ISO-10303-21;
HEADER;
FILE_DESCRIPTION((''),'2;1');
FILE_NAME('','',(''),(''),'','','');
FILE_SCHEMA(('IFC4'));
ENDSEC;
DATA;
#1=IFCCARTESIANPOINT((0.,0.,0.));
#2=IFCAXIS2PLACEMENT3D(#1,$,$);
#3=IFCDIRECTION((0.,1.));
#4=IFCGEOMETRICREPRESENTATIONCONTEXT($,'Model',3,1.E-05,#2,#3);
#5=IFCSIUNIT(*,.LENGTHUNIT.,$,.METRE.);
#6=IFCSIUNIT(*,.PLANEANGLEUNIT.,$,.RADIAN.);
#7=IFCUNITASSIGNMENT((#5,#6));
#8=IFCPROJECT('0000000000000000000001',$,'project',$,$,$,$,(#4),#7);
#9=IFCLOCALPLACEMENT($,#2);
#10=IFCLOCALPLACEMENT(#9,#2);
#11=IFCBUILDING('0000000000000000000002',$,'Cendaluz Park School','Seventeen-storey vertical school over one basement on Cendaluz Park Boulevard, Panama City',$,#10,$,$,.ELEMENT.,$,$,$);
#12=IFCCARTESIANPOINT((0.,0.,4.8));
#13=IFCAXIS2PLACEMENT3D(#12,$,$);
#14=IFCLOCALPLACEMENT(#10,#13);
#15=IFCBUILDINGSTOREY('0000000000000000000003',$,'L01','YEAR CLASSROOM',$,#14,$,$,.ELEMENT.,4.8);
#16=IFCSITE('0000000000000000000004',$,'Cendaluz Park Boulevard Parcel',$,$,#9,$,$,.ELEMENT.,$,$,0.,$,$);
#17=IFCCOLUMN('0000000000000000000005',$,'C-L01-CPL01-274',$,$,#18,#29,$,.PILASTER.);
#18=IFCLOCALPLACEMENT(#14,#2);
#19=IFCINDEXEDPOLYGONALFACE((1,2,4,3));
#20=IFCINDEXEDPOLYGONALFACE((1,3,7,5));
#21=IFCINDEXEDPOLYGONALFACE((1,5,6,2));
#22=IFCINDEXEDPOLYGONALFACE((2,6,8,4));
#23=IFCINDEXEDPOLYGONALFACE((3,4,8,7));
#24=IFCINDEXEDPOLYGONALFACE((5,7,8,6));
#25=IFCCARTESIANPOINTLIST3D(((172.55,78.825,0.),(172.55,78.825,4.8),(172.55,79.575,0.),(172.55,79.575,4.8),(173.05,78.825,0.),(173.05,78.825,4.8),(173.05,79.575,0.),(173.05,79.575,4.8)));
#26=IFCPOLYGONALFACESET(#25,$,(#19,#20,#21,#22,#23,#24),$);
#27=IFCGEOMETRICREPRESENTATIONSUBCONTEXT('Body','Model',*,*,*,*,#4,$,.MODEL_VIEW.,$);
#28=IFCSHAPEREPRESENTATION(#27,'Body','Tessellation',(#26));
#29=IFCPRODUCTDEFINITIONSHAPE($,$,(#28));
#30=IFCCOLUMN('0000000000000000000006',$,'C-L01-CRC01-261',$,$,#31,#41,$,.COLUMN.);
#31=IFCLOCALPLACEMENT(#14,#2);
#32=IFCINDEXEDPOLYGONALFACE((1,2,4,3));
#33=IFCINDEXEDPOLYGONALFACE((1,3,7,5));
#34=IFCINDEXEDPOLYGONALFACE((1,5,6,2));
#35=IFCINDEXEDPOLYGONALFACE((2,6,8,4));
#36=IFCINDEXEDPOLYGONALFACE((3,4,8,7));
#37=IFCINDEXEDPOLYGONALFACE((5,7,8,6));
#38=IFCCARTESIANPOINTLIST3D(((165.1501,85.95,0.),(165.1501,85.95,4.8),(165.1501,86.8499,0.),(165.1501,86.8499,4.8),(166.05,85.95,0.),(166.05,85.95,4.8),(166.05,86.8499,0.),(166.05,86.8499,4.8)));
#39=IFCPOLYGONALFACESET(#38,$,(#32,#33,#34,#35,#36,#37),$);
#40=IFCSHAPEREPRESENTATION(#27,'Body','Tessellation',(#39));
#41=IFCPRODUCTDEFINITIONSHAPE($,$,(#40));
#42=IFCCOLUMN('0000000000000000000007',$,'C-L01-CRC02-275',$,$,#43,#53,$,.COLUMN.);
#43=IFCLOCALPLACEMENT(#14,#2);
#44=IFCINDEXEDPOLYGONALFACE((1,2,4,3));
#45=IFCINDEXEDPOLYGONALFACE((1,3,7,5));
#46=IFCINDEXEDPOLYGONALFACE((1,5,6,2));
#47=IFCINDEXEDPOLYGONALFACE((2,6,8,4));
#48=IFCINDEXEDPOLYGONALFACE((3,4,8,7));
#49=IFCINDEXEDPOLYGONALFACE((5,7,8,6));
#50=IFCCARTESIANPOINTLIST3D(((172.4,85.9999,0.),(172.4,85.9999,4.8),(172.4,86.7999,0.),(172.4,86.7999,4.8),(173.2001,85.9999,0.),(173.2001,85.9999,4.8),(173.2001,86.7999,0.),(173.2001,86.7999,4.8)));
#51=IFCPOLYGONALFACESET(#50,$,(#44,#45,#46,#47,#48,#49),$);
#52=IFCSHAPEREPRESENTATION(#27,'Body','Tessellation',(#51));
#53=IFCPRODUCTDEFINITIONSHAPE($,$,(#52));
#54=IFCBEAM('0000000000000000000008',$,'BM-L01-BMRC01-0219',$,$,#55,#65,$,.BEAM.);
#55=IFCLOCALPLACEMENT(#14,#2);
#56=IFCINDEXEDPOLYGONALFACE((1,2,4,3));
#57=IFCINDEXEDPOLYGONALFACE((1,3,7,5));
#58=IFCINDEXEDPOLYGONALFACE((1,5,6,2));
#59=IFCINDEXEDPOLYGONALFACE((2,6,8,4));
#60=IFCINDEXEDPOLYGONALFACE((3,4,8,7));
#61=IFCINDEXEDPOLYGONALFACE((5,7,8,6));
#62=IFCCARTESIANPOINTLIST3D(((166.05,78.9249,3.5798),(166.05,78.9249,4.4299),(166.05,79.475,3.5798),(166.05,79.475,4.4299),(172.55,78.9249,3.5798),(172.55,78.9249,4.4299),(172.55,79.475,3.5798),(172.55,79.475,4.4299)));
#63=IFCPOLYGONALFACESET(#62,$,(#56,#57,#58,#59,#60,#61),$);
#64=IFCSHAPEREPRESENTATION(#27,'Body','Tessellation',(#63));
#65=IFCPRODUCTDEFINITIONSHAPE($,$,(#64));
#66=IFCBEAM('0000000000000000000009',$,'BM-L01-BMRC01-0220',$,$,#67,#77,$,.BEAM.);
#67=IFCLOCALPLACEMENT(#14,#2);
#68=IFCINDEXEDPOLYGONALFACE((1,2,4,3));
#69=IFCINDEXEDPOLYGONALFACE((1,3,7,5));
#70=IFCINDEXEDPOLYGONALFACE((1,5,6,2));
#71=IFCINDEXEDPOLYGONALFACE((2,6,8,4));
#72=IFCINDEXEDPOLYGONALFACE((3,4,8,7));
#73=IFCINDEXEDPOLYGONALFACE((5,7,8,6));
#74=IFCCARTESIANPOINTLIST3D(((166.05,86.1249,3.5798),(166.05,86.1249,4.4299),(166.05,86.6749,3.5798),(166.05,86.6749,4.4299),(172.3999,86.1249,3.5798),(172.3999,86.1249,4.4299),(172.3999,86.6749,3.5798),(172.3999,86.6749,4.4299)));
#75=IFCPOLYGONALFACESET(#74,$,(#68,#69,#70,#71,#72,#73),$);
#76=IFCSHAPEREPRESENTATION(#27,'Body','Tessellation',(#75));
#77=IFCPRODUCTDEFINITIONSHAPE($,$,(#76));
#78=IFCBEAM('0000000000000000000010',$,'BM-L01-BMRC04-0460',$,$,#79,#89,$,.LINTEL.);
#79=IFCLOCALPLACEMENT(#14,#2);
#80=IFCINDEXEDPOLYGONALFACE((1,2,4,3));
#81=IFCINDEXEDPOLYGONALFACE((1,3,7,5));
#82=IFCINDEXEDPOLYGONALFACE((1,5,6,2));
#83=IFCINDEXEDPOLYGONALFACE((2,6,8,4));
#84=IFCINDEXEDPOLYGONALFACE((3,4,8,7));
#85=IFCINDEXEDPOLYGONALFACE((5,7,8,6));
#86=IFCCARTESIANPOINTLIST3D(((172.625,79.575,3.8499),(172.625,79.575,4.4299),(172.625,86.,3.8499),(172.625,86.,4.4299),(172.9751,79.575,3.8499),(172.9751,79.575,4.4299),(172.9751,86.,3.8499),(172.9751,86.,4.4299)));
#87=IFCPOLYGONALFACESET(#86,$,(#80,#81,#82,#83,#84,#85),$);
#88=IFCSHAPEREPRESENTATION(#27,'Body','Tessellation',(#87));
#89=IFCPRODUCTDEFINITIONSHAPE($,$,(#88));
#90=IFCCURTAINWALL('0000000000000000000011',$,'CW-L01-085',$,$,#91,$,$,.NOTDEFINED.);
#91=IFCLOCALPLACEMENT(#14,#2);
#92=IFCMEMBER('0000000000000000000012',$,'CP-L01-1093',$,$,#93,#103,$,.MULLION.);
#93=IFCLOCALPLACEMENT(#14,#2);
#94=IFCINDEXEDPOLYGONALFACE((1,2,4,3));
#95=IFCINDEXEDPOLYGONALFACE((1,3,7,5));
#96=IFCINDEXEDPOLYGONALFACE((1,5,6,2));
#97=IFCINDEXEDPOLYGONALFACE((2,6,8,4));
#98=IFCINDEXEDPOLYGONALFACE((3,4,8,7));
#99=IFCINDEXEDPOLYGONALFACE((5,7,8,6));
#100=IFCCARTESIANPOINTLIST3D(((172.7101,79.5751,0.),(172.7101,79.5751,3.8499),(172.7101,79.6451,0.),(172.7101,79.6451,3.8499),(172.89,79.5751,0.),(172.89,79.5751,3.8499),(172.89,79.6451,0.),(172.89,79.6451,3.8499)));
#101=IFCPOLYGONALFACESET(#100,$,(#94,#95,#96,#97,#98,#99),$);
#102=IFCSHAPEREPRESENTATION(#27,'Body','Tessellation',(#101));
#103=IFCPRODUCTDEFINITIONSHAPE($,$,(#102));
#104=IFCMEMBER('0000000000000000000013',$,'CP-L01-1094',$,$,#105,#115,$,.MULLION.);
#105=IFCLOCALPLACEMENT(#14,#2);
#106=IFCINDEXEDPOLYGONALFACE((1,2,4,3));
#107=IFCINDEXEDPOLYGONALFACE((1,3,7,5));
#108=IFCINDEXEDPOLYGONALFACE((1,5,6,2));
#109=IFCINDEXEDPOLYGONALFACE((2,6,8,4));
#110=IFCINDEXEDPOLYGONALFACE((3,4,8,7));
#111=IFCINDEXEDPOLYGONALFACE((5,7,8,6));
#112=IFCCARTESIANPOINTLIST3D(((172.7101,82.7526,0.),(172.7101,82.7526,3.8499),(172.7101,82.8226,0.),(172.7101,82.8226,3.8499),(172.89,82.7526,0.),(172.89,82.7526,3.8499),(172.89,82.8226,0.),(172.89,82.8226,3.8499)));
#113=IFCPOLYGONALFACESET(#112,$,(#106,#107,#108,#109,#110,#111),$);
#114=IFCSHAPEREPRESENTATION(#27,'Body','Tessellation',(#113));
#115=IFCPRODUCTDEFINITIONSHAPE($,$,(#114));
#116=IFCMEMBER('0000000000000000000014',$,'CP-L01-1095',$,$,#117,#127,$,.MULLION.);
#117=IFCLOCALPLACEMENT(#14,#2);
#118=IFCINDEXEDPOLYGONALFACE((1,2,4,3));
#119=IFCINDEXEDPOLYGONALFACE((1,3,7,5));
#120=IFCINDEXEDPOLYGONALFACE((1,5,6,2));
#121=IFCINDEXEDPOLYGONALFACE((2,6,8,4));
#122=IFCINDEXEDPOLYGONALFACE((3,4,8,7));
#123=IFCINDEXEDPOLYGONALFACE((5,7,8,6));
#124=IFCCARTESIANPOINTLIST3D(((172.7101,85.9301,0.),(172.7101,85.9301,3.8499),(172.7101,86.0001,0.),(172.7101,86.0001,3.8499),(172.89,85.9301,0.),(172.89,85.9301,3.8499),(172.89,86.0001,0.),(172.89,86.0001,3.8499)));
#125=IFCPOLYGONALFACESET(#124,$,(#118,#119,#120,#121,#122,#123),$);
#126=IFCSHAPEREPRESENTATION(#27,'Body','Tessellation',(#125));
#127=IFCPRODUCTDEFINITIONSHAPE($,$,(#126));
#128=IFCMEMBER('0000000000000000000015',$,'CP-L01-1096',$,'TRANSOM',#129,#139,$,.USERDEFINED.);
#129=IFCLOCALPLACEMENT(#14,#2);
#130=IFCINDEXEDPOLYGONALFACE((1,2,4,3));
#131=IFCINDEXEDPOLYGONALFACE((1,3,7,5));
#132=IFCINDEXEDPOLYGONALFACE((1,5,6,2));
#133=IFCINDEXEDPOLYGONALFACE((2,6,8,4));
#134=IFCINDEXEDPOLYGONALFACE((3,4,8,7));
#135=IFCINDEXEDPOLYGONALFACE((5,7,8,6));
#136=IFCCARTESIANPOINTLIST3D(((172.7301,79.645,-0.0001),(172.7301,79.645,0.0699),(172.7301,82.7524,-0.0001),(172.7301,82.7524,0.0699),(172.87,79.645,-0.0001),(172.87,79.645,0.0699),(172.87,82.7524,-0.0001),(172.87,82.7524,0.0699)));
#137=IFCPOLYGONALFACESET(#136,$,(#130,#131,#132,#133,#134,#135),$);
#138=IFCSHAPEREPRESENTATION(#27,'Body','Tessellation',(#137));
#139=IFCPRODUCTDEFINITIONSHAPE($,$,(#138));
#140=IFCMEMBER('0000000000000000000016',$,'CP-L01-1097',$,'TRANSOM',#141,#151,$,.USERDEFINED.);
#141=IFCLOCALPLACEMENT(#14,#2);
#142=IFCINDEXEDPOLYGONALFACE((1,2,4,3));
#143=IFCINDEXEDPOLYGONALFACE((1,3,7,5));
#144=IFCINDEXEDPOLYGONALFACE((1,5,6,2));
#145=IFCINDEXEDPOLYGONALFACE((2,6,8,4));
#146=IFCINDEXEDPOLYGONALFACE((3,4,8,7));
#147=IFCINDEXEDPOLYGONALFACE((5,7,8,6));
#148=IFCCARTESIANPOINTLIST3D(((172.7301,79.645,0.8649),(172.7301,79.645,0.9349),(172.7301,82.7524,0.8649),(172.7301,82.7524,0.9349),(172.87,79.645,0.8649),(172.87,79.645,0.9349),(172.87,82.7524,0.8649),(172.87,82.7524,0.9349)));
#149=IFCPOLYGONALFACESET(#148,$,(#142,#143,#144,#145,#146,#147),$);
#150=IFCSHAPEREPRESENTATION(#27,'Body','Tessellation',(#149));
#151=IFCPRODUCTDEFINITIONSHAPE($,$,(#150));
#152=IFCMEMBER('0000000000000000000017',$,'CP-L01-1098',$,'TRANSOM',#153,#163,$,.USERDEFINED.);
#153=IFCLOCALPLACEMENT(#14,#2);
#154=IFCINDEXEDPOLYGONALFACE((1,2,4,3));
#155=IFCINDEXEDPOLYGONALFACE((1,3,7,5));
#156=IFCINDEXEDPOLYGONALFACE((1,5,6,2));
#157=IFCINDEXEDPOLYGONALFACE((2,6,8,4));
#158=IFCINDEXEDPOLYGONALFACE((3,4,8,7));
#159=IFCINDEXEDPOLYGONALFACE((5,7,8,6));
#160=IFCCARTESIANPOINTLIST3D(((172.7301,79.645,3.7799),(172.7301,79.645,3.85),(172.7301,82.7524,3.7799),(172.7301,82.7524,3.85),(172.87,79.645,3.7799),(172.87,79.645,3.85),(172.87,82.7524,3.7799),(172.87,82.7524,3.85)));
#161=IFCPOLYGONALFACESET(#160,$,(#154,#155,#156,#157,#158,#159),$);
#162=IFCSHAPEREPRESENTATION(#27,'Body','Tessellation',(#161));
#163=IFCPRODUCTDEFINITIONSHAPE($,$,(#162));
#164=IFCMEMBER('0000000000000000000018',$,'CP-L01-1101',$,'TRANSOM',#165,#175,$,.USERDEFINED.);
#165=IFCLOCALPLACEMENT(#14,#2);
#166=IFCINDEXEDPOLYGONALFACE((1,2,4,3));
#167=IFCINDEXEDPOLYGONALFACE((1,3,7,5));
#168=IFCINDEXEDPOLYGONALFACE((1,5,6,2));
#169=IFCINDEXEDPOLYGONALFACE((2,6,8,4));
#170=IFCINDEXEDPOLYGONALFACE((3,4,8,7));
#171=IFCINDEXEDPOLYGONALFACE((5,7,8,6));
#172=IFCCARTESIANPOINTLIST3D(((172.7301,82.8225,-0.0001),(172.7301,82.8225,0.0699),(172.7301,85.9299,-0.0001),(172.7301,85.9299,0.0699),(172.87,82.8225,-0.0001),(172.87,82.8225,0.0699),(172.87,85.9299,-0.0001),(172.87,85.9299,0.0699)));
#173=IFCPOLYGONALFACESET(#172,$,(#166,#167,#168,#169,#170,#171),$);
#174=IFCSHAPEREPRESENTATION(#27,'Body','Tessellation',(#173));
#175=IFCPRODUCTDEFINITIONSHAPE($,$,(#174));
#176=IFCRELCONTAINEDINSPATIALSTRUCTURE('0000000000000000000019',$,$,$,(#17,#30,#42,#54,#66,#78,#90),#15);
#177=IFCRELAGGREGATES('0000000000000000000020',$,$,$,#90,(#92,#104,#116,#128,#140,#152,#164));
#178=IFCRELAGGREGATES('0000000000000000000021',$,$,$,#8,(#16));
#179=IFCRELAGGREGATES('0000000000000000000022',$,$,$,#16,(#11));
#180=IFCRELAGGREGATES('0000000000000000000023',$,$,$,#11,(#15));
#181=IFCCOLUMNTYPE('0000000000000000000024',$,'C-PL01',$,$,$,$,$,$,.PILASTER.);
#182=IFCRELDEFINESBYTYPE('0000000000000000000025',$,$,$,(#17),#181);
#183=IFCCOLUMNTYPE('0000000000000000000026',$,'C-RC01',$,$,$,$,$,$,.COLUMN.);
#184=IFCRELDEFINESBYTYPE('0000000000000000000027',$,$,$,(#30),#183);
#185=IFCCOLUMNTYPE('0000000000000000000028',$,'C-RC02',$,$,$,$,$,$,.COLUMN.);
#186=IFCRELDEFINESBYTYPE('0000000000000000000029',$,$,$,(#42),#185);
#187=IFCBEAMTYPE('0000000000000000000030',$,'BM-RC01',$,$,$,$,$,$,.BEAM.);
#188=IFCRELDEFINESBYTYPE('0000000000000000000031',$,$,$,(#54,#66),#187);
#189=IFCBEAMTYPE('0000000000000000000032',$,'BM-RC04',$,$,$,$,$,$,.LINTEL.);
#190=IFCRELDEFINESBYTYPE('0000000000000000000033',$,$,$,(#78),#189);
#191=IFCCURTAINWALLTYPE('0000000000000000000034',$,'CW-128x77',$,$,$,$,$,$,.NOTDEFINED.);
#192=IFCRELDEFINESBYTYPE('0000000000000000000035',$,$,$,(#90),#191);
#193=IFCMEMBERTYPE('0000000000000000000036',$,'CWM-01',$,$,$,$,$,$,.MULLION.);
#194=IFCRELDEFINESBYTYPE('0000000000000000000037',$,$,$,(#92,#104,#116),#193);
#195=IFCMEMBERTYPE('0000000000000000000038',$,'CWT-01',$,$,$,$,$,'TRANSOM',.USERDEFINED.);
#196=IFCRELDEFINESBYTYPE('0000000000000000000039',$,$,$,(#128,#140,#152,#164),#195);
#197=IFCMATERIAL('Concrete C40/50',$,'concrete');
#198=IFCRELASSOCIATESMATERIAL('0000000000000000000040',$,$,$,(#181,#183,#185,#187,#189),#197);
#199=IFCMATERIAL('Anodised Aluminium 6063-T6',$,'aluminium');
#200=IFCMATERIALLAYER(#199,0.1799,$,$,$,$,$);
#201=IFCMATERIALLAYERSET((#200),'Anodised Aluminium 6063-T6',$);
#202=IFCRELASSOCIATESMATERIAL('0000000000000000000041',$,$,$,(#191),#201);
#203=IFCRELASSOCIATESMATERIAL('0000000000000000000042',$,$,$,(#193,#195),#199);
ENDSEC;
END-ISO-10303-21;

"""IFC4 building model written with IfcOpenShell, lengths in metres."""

from ifc_helpers import new_model, si_unit, direction, frame, origin, origin_2d, place, context, subcontext, project, spatial, rectangle, extrude, material, layer, layer_set, material_profile, profile_set, type_object, element, aggregate, save


model = new_model("IFC4")

# Units and contexts
model_context = context("Model", 3, precision=1e-05, world=origin(), true_north=direction((0.0, 1.0)))
body_context = subcontext(model_context, "Body", "Model", "MODEL_VIEW")
ifc_project = project(units=[si_unit("LENGTHUNIT", "METRE"), si_unit("PLANEANGLEUNIT", "RADIAN")], contexts=[model_context])

# Site, building, storey
site_placement = place(None, origin())
site = spatial("IfcSite", under=ifc_project, at=site_placement, Name="Cendaluz Park Boulevard Parcel", CompositionType="ELEMENT", RefElevation=0.0)
building_placement = place(site_placement, origin())
building = spatial("IfcBuilding", under=site, at=building_placement, Name="Cendaluz Park School", Description="Seventeen-storey vertical school over one basement on Cendaluz Park Boulevard, Panama City", CompositionType="ELEMENT")
storey_placement = place(building_placement, frame((0.0, 0.0, 4.8)))
storey = spatial("IfcBuildingStorey", under=building, at=storey_placement, Name="L01", Description="YEAR CLASSROOM", CompositionType="ELEMENT", Elevation=4.8)

# Columns
ifc_material_1 = material(Name="Concrete C40/50", Category="concrete")
ifc_material_profile_1 = material_profile(ifc_material_1, rectangle(XDim=0.5, YDim=0.75, at=origin_2d()), Name="RC 500x750", Category="concrete")
ifc_profile_set_1 = profile_set([ifc_material_profile_1], Name="Concrete C40/50")
column_type_1 = type_object("IfcColumnType", Name="C-PL01", PredefinedType="PILASTER", material=ifc_profile_set_1)
column_1_placement = place(storey_placement, frame((172.8, 79.2, 0.0), z_axis=(0.0, 0.0, 1.0), x_axis=(1.0, 0.0, 0.0)))
element("IfcColumn", 1, at=column_1_placement, inside=storey, type_object=column_type_1, Name="C-L01-CPL01-274", PredefinedType="PILASTER", context=body_context, shape_type="SweptSolid", body=[
    extrude(rectangle(XDim=0.5, YDim=0.75, at=origin_2d()), origin(), (0.0, 0.0, 1.0), 4.8),
])
ifc_material_profile_2 = material_profile(ifc_material_1, rectangle(XDim=0.8999, YDim=0.8999, at=origin_2d()), Name="RC 900x900", Category="concrete")
ifc_profile_set_2 = profile_set([ifc_material_profile_2], Name="Concrete C40/50")
column_type_2 = type_object("IfcColumnType", Name="C-RC01", PredefinedType="COLUMN", material=ifc_profile_set_2)
column_2_placement = place(storey_placement, frame((165.6001, 86.3999, 0.0), z_axis=(0.0, 0.0, 1.0), x_axis=(1.0, 0.0, 0.0)))
element("IfcColumn", 2, at=column_2_placement, inside=storey, type_object=column_type_2, Name="C-L01-CRC01-261", PredefinedType="COLUMN", context=body_context, shape_type="SweptSolid", body=[
    extrude(rectangle(XDim=0.8999, YDim=0.8999, at=origin_2d()), origin(), (0.0, 0.0, 1.0), 4.8),
])
ifc_material_profile_3 = material_profile(ifc_material_1, rectangle(XDim=0.8, YDim=0.8, at=origin_2d()), Name="RC 800x800", Category="concrete")
ifc_profile_set_3 = profile_set([ifc_material_profile_3], Name="Concrete C40/50")
column_type_3 = type_object("IfcColumnType", Name="C-RC02", PredefinedType="COLUMN", material=ifc_profile_set_3)
column_3_placement = place(storey_placement, frame((172.8, 86.3999, 0.0), z_axis=(0.0, 0.0, 1.0), x_axis=(1.0, 0.0, 0.0)))
element("IfcColumn", 3, at=column_3_placement, inside=storey, type_object=column_type_3, Name="C-L01-CRC02-275", PredefinedType="COLUMN", context=body_context, shape_type="SweptSolid", body=[
    extrude(rectangle(XDim=0.8, YDim=0.8, at=origin_2d()), origin(), (0.0, 0.0, 1.0), 4.8),
])

# Beams
ifc_material_profile_4 = material_profile(ifc_material_1, rectangle(XDim=0.55, YDim=0.8501, at=origin_2d()), Name="RC 550x850", Category="concrete")
ifc_profile_set_4 = profile_set([ifc_material_profile_4], Name="Concrete C40/50")
beam_type_1 = type_object("IfcBeamType", Name="BM-RC01", PredefinedType="BEAM", material=ifc_profile_set_4)
beam_1_placement = place(storey_placement, frame((166.05, 79.2, 4.0049), z_axis=(1.0, 0.0, 0.0), x_axis=(0.0, 1.0, 0.0)))
element("IfcBeam", 4, at=beam_1_placement, inside=storey, type_object=beam_type_1, Name="BM-L01-BMRC01-0219", PredefinedType="BEAM", context=body_context, shape_type="SweptSolid", body=[
    extrude(rectangle(XDim=0.55, YDim=0.8501, at=origin_2d()), origin(), (0.0, 0.0, 1.0), 6.5),
])
beam_2_placement = place(storey_placement, frame((166.05, 86.3999, 4.0049), z_axis=(1.0, 0.0, 0.0), x_axis=(0.0, 1.0, 0.0)))
element("IfcBeam", 5, at=beam_2_placement, inside=storey, type_object=beam_type_1, Name="BM-L01-BMRC01-0220", PredefinedType="BEAM", context=body_context, shape_type="SweptSolid", body=[
    extrude(rectangle(XDim=0.55, YDim=0.8501, at=origin_2d()), origin(), (0.0, 0.0, 1.0), 6.3499),
])
ifc_material_profile_5 = material_profile(ifc_material_1, rectangle(XDim=0.3501, YDim=0.5801, at=origin_2d()), Name="RC 350x580", Category="concrete")
ifc_profile_set_5 = profile_set([ifc_material_profile_5], Name="Concrete C40/50")
beam_type_2 = type_object("IfcBeamType", Name="BM-RC04", PredefinedType="LINTEL", material=ifc_profile_set_5)
beam_3_placement = place(storey_placement, frame((172.8, 79.575, 4.1399), z_axis=(0.0, 1.0, 0.0), x_axis=(-1.0, 0.0, 0.0)))
element("IfcBeam", 6, at=beam_3_placement, inside=storey, type_object=beam_type_2, Name="BM-L01-BMRC04-0460", PredefinedType="LINTEL", context=body_context, shape_type="SweptSolid", body=[
    extrude(rectangle(XDim=0.3501, YDim=0.5801, at=origin_2d()), origin(), (0.0, 0.0, 1.0), 6.425),
])

# Curtain wall, members
ifc_material_2 = material(Name="Anodised Aluminium 6063-T6", Category="aluminium")
ifc_layer_1 = layer(ifc_material_2, 0.1799)
ifc_layer_set_1 = layer_set([ifc_layer_1], Name="Anodised Aluminium 6063-T6")
curtain_wall_type = type_object("IfcCurtainWallType", Name="CW-128x77", PredefinedType="NOTDEFINED", material=ifc_layer_set_1)
curtain_wall_placement = place(storey_placement, origin())
curtain_wall = element("IfcCurtainWall", 7, at=curtain_wall_placement, inside=storey, type_object=curtain_wall_type, Name="CW-L01-085", PredefinedType="NOTDEFINED")
ifc_material_profile_6 = material_profile(ifc_material_2, rectangle(XDim=0.1799, YDim=0.0701, at=origin_2d()), Name="CWM 180x70", Category="aluminium")
ifc_profile_set_6 = profile_set([ifc_material_profile_6], Name="Anodised Aluminium 6063-T6")
member_type_1 = type_object("IfcMemberType", Name="CWM-01", PredefinedType="MULLION", material=ifc_profile_set_6)
member_1_placement = place(storey_placement, frame((172.8, 79.6101, 0.0), z_axis=(0.0, 0.0, 1.0), x_axis=(-1.0, 0.0, 0.0)))
member_1 = element("IfcMember", 8, at=member_1_placement, type_object=member_type_1, Name="CP-L01-1093", PredefinedType="MULLION", context=body_context, shape_type="SweptSolid", body=[
    extrude(rectangle(XDim=0.1799, YDim=0.0701, at=origin_2d()), origin(), (0.0, 0.0, 1.0), 3.8499),
])
member_2_placement = place(storey_placement, frame((172.8, 82.7876, 0.0), z_axis=(0.0, 0.0, 1.0), x_axis=(-1.0, 0.0, 0.0)))
member_2 = element("IfcMember", 9, at=member_2_placement, type_object=member_type_1, Name="CP-L01-1094", PredefinedType="MULLION", context=body_context, shape_type="SweptSolid", body=[
    extrude(rectangle(XDim=0.1799, YDim=0.0701, at=origin_2d()), origin(), (0.0, 0.0, 1.0), 3.8499),
])
member_3_placement = place(storey_placement, frame((172.8, 85.9651, 0.0), z_axis=(0.0, 0.0, 1.0), x_axis=(-1.0, 0.0, 0.0)))
member_3 = element("IfcMember", 10, at=member_3_placement, type_object=member_type_1, Name="CP-L01-1095", PredefinedType="MULLION", context=body_context, shape_type="SweptSolid", body=[
    extrude(rectangle(XDim=0.1799, YDim=0.0701, at=origin_2d()), origin(), (0.0, 0.0, 1.0), 3.8499),
])
ifc_material_profile_7 = material_profile(ifc_material_2, rectangle(XDim=0.1399, YDim=0.0701, at=origin_2d()), Name="CWT 140x70", Category="aluminium")
ifc_profile_set_7 = profile_set([ifc_material_profile_7], Name="Anodised Aluminium 6063-T6")
member_type_2 = type_object("IfcMemberType", Name="CWT-01", ElementType="TRANSOM", PredefinedType="USERDEFINED", material=ifc_profile_set_7)
member_4_placement = place(storey_placement, frame((172.8, 79.645, 0.0349), z_axis=(0.0, 1.0, 0.0), x_axis=(-1.0, 0.0, 0.0)))
member_4 = element("IfcMember", 11, at=member_4_placement, type_object=member_type_2, Name="CP-L01-1096", ObjectType="TRANSOM", PredefinedType="USERDEFINED", context=body_context, shape_type="SweptSolid", body=[
    extrude(rectangle(XDim=0.1399, YDim=0.0701, at=origin_2d()), origin(), (0.0, 0.0, 1.0), 3.1074),
])
member_5_placement = place(storey_placement, frame((172.8, 79.645, 0.8999), z_axis=(0.0, 1.0, 0.0), x_axis=(-1.0, 0.0, 0.0)))
member_5 = element("IfcMember", 12, at=member_5_placement, type_object=member_type_2, Name="CP-L01-1097", ObjectType="TRANSOM", PredefinedType="USERDEFINED", context=body_context, shape_type="SweptSolid", body=[
    extrude(rectangle(XDim=0.1399, YDim=0.0701, at=origin_2d()), origin(), (0.0, 0.0, 1.0), 3.1074),
])
member_6_placement = place(storey_placement, frame((172.8, 79.645, 3.8149), z_axis=(0.0, 1.0, 0.0), x_axis=(-1.0, 0.0, 0.0)))
member_6 = element("IfcMember", 13, at=member_6_placement, type_object=member_type_2, Name="CP-L01-1098", ObjectType="TRANSOM", PredefinedType="USERDEFINED", context=body_context, shape_type="SweptSolid", body=[
    extrude(rectangle(XDim=0.1399, YDim=0.0701, at=origin_2d()), origin(), (0.0, 0.0, 1.0), 3.1074),
])
member_7_placement = place(storey_placement, frame((172.8, 82.8225, 0.0349), z_axis=(0.0, 1.0, 0.0), x_axis=(-1.0, 0.0, 0.0)))
member_7 = element("IfcMember", 14, at=member_7_placement, type_object=member_type_2, Name="CP-L01-1101", ObjectType="TRANSOM", PredefinedType="USERDEFINED", context=body_context, shape_type="SweptSolid", body=[
    extrude(rectangle(XDim=0.1399, YDim=0.0701, at=origin_2d()), origin(), (0.0, 0.0, 1.0), 3.1074),
])
aggregate(curtain_wall, [member_1, member_2, member_3, member_4, member_5, member_6, member_7])

save(model, "model.ifc")
